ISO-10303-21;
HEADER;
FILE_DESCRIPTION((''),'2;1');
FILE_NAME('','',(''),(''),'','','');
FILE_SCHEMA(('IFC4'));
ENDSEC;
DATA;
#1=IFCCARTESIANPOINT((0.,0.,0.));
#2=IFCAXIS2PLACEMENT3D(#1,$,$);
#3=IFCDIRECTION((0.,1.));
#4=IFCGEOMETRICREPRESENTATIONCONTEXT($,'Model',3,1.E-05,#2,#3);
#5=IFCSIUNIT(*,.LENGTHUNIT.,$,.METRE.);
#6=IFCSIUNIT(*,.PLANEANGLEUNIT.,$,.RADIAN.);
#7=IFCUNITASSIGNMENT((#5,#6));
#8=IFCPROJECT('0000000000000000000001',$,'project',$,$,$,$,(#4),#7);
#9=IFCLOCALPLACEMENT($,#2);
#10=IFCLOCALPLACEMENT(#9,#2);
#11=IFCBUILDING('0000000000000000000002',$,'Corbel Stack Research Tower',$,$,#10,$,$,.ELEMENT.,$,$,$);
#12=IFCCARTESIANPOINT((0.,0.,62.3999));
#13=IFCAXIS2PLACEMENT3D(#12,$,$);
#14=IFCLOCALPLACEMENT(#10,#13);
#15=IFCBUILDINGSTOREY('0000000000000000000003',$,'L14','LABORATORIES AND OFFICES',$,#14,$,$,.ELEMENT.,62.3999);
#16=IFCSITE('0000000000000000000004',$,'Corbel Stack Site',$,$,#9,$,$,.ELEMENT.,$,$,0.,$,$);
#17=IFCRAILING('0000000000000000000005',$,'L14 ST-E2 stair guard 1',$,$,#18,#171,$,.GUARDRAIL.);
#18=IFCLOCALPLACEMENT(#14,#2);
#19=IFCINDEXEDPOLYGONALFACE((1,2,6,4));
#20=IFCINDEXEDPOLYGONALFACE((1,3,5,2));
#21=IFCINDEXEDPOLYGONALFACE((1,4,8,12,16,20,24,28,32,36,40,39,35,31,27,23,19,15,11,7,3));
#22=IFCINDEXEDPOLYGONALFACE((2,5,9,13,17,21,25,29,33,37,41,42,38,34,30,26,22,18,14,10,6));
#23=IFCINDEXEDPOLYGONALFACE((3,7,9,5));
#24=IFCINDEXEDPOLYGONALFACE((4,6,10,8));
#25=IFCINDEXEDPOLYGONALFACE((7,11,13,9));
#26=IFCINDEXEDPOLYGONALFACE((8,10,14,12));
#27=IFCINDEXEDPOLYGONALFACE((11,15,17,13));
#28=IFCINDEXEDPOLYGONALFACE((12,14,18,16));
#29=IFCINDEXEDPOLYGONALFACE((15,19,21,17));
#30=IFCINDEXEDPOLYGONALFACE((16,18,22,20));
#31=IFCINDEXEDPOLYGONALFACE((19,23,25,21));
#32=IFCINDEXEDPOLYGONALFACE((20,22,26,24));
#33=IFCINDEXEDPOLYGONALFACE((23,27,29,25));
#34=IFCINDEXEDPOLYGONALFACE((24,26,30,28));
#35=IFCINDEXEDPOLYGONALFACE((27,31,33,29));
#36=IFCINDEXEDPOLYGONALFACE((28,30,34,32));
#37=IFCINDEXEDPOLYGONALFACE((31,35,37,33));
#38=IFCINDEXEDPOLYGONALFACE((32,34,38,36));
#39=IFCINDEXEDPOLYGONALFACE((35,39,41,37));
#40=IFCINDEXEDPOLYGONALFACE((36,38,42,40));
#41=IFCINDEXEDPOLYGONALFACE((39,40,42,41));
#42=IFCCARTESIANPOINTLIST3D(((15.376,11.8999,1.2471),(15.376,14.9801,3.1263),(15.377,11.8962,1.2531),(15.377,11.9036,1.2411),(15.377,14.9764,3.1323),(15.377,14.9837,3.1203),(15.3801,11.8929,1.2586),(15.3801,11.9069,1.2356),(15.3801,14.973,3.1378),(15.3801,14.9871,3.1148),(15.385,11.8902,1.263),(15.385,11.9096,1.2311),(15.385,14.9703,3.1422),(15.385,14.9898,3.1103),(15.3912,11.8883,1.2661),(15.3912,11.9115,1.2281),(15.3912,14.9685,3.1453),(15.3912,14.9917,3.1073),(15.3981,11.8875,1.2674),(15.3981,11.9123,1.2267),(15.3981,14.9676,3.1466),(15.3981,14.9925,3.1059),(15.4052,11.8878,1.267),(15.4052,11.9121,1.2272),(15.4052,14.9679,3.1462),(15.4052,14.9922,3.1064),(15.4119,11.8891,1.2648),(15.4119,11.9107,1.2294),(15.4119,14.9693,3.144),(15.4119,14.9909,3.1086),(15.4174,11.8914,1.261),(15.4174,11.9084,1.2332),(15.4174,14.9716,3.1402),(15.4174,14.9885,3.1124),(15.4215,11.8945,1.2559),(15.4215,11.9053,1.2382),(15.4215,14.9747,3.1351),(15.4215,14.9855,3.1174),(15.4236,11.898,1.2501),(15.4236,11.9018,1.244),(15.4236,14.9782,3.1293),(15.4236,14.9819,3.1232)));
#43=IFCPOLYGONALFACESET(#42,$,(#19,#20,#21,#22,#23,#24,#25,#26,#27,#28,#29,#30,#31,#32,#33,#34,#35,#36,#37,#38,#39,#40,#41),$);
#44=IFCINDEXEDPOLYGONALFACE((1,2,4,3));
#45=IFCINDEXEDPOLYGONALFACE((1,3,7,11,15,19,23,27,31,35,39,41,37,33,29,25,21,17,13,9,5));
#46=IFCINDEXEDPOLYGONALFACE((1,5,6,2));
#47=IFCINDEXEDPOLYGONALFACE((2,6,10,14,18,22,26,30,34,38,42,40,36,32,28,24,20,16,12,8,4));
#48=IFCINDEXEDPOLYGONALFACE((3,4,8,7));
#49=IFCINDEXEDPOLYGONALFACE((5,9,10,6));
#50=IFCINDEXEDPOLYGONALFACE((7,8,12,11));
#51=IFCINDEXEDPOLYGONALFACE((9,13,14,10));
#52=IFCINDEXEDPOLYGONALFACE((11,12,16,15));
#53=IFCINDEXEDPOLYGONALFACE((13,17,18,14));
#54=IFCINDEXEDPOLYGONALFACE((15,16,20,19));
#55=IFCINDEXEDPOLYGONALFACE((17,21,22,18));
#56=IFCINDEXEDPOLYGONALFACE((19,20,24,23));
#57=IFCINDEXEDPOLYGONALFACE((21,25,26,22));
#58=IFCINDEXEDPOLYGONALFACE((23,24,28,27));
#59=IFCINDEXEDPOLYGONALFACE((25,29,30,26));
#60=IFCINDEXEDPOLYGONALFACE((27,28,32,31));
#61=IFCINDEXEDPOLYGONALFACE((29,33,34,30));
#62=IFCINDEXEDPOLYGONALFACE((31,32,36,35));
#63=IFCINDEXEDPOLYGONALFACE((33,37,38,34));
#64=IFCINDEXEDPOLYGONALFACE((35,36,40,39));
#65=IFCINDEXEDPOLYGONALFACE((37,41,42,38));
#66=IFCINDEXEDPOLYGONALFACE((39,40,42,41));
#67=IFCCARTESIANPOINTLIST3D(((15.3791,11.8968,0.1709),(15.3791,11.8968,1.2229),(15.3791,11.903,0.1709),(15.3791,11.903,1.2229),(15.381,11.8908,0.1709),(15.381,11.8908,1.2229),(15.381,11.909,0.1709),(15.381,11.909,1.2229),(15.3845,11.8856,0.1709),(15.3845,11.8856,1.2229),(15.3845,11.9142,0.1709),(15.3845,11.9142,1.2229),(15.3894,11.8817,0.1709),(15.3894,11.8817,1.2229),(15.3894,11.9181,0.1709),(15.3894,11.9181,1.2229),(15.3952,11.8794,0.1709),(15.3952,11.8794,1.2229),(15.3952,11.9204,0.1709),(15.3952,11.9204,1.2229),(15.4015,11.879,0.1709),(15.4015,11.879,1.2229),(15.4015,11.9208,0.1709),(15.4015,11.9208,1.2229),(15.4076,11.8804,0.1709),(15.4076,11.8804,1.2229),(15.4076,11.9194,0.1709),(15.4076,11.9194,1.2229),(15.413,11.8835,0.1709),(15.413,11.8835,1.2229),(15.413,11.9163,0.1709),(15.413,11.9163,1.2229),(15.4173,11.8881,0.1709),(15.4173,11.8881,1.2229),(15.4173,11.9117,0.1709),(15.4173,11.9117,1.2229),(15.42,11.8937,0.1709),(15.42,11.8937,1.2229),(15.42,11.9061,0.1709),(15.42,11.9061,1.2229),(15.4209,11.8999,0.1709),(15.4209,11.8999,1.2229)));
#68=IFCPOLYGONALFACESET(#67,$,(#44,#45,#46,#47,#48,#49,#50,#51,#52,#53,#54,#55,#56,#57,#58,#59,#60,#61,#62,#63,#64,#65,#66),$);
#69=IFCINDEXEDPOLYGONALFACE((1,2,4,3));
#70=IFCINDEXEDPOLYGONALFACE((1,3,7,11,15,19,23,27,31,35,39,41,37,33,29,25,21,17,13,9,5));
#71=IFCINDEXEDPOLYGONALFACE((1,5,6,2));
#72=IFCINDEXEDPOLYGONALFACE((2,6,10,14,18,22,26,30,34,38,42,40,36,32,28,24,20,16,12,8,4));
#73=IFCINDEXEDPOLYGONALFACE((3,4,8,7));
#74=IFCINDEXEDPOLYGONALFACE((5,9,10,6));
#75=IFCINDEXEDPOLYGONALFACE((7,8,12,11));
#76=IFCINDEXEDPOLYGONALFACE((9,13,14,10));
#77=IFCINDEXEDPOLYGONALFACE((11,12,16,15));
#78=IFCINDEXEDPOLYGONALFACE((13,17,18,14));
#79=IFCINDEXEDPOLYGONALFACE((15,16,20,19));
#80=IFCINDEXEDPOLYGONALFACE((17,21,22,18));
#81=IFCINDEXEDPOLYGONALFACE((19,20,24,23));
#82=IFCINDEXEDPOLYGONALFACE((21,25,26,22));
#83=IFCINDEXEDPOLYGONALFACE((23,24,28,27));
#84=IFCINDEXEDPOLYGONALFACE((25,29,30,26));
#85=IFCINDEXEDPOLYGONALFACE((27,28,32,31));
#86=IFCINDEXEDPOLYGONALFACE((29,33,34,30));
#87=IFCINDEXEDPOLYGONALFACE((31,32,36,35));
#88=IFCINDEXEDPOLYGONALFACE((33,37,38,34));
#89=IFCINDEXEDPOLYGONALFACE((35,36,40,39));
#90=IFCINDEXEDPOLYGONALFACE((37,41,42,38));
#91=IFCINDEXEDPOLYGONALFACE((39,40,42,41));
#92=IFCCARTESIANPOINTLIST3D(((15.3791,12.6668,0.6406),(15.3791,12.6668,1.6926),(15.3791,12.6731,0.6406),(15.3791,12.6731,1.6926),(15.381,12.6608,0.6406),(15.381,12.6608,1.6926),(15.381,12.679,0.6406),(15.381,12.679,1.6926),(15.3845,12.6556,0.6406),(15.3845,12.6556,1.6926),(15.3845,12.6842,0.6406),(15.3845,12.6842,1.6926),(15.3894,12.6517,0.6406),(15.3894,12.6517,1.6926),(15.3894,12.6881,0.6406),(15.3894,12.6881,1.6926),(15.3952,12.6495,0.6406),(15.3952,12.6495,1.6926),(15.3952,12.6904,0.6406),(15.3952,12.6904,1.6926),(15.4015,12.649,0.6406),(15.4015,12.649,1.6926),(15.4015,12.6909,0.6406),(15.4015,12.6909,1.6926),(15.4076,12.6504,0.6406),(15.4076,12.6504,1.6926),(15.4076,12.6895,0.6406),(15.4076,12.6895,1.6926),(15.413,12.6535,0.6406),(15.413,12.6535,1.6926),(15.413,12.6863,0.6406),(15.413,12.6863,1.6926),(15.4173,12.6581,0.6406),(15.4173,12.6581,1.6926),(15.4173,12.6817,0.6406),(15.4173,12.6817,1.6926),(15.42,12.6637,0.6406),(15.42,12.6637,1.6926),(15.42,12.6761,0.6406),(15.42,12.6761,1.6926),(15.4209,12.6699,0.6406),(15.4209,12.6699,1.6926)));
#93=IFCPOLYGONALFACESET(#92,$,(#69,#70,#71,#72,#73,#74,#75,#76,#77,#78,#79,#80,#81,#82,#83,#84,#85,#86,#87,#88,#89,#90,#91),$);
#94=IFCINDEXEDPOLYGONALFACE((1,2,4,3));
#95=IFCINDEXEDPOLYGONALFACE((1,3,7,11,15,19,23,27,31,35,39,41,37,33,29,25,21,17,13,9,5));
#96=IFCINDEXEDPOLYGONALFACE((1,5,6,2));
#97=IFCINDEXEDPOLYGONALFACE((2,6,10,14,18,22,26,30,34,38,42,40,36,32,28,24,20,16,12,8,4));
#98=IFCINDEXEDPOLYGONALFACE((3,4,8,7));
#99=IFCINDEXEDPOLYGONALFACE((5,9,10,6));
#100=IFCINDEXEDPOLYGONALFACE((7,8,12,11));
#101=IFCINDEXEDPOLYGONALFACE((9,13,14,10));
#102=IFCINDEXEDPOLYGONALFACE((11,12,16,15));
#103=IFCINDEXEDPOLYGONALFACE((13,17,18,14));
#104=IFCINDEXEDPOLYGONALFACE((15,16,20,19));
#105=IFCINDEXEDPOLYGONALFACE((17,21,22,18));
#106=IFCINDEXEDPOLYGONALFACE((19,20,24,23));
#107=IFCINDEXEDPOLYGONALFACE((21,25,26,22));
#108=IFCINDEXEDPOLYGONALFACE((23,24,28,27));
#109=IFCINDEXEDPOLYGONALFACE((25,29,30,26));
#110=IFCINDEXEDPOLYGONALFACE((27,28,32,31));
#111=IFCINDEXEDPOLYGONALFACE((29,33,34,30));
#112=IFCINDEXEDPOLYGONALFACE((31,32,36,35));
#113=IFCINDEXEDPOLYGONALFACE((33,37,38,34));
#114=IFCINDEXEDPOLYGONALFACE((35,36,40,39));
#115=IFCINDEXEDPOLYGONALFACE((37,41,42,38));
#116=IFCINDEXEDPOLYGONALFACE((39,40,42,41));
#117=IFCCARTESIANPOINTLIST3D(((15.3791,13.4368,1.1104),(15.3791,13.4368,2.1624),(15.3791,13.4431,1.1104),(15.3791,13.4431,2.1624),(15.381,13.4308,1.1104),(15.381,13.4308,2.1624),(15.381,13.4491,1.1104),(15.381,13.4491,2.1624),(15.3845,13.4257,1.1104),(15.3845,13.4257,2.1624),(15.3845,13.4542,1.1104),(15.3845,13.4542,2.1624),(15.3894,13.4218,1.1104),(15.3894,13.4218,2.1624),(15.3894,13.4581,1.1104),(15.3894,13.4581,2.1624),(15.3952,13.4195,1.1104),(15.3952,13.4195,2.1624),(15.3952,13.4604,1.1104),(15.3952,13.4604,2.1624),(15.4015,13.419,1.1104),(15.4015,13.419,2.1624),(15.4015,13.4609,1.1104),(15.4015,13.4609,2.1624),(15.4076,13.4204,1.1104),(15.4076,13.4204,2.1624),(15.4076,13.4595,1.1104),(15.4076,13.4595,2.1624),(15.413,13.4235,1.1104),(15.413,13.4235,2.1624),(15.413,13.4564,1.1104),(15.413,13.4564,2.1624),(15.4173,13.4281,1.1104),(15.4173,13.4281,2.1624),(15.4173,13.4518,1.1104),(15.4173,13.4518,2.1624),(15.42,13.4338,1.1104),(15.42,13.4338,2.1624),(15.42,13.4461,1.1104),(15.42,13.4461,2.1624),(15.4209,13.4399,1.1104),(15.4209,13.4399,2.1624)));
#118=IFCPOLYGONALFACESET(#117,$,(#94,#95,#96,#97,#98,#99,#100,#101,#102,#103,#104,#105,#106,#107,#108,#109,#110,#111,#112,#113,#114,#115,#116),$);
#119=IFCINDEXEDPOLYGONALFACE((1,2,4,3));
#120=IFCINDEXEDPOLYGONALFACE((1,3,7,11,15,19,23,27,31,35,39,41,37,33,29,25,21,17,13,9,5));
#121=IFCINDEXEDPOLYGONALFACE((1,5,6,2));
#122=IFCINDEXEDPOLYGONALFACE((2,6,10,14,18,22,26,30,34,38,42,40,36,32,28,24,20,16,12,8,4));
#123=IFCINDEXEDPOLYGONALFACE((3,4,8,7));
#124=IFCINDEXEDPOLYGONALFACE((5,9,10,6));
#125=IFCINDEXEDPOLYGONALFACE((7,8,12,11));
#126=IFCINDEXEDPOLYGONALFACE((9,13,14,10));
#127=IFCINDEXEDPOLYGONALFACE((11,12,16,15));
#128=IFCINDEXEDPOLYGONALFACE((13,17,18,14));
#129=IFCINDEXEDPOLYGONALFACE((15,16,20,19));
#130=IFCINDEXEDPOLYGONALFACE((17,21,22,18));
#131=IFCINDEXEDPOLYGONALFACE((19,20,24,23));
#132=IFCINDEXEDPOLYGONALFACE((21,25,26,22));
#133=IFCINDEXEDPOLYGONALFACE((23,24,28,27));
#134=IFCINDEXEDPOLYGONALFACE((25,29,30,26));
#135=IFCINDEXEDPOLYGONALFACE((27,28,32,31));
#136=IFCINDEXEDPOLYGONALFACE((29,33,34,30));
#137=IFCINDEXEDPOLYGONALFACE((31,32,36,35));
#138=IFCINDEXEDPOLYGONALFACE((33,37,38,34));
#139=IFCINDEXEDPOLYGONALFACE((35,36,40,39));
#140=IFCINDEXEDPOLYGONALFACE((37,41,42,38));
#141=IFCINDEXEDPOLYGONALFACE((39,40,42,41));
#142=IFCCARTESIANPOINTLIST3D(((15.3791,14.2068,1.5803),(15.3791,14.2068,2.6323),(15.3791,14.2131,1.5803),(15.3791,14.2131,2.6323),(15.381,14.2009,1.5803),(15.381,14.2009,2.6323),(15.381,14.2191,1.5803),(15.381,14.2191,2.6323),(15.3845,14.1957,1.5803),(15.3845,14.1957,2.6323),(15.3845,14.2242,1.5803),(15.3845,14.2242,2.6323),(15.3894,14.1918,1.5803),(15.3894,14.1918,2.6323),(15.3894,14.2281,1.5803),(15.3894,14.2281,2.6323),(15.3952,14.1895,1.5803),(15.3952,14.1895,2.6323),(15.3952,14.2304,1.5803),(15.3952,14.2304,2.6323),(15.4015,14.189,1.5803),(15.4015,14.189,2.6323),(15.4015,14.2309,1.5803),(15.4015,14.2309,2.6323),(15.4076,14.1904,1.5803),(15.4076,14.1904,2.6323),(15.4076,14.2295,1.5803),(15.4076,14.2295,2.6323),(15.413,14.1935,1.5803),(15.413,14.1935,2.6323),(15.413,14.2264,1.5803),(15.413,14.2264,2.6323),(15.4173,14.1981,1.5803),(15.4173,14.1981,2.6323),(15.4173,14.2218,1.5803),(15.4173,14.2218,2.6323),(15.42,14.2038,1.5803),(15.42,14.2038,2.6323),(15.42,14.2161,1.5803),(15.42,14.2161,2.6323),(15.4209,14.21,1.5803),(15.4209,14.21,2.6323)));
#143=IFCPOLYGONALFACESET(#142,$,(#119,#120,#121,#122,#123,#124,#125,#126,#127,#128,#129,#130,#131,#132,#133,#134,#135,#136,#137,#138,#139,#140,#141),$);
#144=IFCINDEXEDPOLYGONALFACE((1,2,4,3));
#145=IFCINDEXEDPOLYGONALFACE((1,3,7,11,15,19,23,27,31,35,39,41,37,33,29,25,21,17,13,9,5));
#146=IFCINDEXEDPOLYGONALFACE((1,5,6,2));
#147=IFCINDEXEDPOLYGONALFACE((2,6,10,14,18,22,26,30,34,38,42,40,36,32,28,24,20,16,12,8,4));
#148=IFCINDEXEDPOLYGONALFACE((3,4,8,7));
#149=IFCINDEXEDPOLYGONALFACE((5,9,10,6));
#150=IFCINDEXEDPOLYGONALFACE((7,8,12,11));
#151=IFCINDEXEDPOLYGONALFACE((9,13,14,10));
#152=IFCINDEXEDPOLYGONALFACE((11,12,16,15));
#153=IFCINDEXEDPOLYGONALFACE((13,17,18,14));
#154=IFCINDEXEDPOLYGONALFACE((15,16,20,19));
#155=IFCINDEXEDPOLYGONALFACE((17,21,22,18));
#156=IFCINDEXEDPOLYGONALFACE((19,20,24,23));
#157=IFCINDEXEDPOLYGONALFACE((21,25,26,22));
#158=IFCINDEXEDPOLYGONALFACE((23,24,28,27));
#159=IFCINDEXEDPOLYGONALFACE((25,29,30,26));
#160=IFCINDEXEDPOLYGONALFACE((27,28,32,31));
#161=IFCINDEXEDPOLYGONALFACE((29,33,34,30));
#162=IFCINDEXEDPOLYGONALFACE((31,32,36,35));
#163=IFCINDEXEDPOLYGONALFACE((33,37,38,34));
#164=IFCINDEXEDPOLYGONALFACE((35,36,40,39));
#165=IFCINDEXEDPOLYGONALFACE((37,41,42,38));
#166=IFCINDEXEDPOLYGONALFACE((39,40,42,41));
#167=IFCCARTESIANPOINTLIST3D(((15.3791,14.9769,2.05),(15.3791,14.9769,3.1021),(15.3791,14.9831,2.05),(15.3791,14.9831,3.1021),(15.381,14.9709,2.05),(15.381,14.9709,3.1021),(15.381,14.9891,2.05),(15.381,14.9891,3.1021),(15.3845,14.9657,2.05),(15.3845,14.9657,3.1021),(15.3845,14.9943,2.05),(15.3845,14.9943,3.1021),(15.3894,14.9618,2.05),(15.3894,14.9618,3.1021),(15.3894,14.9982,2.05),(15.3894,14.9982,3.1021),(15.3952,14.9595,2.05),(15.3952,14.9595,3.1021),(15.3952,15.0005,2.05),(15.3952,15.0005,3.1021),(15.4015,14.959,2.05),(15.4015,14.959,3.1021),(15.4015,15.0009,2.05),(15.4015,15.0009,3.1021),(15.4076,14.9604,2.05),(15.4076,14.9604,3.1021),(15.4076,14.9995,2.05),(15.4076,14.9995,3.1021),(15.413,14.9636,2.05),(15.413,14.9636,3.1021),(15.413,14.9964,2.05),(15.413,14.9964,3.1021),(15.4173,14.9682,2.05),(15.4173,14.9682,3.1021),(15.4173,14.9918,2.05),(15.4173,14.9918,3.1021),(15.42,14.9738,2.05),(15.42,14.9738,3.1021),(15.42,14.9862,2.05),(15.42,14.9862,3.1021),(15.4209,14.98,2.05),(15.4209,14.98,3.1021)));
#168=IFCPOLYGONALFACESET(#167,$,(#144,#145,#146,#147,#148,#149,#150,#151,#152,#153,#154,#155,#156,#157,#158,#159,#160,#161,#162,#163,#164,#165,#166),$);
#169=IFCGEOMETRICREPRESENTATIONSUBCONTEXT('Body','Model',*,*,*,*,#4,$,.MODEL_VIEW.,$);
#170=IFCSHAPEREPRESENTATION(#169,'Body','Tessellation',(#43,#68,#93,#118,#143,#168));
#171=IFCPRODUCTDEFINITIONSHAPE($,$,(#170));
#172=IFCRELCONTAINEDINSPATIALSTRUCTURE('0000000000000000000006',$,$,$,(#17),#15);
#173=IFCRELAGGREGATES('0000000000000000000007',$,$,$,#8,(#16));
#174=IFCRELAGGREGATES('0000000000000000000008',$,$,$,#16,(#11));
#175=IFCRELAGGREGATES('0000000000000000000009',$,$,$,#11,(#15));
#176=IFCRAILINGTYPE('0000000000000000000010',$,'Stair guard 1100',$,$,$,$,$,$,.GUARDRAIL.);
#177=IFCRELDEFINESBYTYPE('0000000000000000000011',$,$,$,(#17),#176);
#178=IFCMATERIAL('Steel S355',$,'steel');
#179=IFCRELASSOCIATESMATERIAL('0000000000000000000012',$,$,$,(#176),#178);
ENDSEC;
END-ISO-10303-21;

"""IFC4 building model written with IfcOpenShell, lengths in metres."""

from ifc_helpers import new_model, si_unit, direction, frame, origin, origin_2d, place, context, subcontext, project, spatial, circle, extrude, material, type_object, element, save


model = new_model("IFC4")

# Units and contexts
model_context = context("Model", 3, precision=1e-05, world=origin(), true_north=direction((0.0, 1.0)))
body_context = subcontext(model_context, "Body", "Model", "MODEL_VIEW")
ifc_project = project(units=[si_unit("LENGTHUNIT", "METRE"), si_unit("PLANEANGLEUNIT", "RADIAN")], contexts=[model_context])

# Site, building, storey
site_placement = place(None, origin())
site = spatial("IfcSite", under=ifc_project, at=site_placement, Name="Corbel Stack Site", CompositionType="ELEMENT", RefElevation=0.0)
building_placement = place(site_placement, origin())
building = spatial("IfcBuilding", under=site, at=building_placement, Name="Corbel Stack Research Tower", CompositionType="ELEMENT")
storey_placement = place(building_placement, frame((0.0, 0.0, 62.3999)))
storey = spatial("IfcBuildingStorey", under=building, at=storey_placement, Name="L14", Description="LABORATORIES AND OFFICES", CompositionType="ELEMENT", Elevation=62.3999)

# Railing
ifc_material_1 = material(Name="Steel S355", Category="steel")
railing_type_1 = type_object("IfcRailingType", Name="Stair guard 1100", PredefinedType="GUARDRAIL", material=ifc_material_1)
railing_1_placement = place(storey_placement, frame((15.3999, 11.8999, 0.1709)))
element("IfcRailing", 1, at=railing_1_placement, inside=storey, type_object=railing_type_1, Name="L14 ST-E2 stair guard 1", PredefinedType="GUARDRAIL", context=body_context, shape_type="SweptSolid", body=[
    extrude(circle(Radius=0.0239, at=origin_2d()), frame((0.0, 0.0, 1.0762), z_axis=(0.0, 0.853666, 0.52082), x_axis=(-1.0, 0.0, 0.0)), (0.0, 0.0, 1.0), 3.6082),
    extrude(circle(Radius=0.021, at=origin_2d()), origin(), (0.0, 0.0, 1.0), 1.052),
    extrude(circle(Radius=0.021, at=origin_2d()), frame((0.0, 0.77, 0.4697)), (0.0, 0.0, 1.0), 1.052),
    extrude(circle(Radius=0.021, at=origin_2d()), frame((0.0, 1.54, 0.9395)), (0.0, 0.0, 1.0), 1.052),
    extrude(circle(Radius=0.021, at=origin_2d()), frame((0.0, 2.3101, 1.4094)), (0.0, 0.0, 1.0), 1.052),
    extrude(circle(Radius=0.021, at=origin_2d()), frame((0.0, 3.0801, 1.8792)), (0.0, 0.0, 1.0), 1.052),
])

save(model, "model.ifc")
